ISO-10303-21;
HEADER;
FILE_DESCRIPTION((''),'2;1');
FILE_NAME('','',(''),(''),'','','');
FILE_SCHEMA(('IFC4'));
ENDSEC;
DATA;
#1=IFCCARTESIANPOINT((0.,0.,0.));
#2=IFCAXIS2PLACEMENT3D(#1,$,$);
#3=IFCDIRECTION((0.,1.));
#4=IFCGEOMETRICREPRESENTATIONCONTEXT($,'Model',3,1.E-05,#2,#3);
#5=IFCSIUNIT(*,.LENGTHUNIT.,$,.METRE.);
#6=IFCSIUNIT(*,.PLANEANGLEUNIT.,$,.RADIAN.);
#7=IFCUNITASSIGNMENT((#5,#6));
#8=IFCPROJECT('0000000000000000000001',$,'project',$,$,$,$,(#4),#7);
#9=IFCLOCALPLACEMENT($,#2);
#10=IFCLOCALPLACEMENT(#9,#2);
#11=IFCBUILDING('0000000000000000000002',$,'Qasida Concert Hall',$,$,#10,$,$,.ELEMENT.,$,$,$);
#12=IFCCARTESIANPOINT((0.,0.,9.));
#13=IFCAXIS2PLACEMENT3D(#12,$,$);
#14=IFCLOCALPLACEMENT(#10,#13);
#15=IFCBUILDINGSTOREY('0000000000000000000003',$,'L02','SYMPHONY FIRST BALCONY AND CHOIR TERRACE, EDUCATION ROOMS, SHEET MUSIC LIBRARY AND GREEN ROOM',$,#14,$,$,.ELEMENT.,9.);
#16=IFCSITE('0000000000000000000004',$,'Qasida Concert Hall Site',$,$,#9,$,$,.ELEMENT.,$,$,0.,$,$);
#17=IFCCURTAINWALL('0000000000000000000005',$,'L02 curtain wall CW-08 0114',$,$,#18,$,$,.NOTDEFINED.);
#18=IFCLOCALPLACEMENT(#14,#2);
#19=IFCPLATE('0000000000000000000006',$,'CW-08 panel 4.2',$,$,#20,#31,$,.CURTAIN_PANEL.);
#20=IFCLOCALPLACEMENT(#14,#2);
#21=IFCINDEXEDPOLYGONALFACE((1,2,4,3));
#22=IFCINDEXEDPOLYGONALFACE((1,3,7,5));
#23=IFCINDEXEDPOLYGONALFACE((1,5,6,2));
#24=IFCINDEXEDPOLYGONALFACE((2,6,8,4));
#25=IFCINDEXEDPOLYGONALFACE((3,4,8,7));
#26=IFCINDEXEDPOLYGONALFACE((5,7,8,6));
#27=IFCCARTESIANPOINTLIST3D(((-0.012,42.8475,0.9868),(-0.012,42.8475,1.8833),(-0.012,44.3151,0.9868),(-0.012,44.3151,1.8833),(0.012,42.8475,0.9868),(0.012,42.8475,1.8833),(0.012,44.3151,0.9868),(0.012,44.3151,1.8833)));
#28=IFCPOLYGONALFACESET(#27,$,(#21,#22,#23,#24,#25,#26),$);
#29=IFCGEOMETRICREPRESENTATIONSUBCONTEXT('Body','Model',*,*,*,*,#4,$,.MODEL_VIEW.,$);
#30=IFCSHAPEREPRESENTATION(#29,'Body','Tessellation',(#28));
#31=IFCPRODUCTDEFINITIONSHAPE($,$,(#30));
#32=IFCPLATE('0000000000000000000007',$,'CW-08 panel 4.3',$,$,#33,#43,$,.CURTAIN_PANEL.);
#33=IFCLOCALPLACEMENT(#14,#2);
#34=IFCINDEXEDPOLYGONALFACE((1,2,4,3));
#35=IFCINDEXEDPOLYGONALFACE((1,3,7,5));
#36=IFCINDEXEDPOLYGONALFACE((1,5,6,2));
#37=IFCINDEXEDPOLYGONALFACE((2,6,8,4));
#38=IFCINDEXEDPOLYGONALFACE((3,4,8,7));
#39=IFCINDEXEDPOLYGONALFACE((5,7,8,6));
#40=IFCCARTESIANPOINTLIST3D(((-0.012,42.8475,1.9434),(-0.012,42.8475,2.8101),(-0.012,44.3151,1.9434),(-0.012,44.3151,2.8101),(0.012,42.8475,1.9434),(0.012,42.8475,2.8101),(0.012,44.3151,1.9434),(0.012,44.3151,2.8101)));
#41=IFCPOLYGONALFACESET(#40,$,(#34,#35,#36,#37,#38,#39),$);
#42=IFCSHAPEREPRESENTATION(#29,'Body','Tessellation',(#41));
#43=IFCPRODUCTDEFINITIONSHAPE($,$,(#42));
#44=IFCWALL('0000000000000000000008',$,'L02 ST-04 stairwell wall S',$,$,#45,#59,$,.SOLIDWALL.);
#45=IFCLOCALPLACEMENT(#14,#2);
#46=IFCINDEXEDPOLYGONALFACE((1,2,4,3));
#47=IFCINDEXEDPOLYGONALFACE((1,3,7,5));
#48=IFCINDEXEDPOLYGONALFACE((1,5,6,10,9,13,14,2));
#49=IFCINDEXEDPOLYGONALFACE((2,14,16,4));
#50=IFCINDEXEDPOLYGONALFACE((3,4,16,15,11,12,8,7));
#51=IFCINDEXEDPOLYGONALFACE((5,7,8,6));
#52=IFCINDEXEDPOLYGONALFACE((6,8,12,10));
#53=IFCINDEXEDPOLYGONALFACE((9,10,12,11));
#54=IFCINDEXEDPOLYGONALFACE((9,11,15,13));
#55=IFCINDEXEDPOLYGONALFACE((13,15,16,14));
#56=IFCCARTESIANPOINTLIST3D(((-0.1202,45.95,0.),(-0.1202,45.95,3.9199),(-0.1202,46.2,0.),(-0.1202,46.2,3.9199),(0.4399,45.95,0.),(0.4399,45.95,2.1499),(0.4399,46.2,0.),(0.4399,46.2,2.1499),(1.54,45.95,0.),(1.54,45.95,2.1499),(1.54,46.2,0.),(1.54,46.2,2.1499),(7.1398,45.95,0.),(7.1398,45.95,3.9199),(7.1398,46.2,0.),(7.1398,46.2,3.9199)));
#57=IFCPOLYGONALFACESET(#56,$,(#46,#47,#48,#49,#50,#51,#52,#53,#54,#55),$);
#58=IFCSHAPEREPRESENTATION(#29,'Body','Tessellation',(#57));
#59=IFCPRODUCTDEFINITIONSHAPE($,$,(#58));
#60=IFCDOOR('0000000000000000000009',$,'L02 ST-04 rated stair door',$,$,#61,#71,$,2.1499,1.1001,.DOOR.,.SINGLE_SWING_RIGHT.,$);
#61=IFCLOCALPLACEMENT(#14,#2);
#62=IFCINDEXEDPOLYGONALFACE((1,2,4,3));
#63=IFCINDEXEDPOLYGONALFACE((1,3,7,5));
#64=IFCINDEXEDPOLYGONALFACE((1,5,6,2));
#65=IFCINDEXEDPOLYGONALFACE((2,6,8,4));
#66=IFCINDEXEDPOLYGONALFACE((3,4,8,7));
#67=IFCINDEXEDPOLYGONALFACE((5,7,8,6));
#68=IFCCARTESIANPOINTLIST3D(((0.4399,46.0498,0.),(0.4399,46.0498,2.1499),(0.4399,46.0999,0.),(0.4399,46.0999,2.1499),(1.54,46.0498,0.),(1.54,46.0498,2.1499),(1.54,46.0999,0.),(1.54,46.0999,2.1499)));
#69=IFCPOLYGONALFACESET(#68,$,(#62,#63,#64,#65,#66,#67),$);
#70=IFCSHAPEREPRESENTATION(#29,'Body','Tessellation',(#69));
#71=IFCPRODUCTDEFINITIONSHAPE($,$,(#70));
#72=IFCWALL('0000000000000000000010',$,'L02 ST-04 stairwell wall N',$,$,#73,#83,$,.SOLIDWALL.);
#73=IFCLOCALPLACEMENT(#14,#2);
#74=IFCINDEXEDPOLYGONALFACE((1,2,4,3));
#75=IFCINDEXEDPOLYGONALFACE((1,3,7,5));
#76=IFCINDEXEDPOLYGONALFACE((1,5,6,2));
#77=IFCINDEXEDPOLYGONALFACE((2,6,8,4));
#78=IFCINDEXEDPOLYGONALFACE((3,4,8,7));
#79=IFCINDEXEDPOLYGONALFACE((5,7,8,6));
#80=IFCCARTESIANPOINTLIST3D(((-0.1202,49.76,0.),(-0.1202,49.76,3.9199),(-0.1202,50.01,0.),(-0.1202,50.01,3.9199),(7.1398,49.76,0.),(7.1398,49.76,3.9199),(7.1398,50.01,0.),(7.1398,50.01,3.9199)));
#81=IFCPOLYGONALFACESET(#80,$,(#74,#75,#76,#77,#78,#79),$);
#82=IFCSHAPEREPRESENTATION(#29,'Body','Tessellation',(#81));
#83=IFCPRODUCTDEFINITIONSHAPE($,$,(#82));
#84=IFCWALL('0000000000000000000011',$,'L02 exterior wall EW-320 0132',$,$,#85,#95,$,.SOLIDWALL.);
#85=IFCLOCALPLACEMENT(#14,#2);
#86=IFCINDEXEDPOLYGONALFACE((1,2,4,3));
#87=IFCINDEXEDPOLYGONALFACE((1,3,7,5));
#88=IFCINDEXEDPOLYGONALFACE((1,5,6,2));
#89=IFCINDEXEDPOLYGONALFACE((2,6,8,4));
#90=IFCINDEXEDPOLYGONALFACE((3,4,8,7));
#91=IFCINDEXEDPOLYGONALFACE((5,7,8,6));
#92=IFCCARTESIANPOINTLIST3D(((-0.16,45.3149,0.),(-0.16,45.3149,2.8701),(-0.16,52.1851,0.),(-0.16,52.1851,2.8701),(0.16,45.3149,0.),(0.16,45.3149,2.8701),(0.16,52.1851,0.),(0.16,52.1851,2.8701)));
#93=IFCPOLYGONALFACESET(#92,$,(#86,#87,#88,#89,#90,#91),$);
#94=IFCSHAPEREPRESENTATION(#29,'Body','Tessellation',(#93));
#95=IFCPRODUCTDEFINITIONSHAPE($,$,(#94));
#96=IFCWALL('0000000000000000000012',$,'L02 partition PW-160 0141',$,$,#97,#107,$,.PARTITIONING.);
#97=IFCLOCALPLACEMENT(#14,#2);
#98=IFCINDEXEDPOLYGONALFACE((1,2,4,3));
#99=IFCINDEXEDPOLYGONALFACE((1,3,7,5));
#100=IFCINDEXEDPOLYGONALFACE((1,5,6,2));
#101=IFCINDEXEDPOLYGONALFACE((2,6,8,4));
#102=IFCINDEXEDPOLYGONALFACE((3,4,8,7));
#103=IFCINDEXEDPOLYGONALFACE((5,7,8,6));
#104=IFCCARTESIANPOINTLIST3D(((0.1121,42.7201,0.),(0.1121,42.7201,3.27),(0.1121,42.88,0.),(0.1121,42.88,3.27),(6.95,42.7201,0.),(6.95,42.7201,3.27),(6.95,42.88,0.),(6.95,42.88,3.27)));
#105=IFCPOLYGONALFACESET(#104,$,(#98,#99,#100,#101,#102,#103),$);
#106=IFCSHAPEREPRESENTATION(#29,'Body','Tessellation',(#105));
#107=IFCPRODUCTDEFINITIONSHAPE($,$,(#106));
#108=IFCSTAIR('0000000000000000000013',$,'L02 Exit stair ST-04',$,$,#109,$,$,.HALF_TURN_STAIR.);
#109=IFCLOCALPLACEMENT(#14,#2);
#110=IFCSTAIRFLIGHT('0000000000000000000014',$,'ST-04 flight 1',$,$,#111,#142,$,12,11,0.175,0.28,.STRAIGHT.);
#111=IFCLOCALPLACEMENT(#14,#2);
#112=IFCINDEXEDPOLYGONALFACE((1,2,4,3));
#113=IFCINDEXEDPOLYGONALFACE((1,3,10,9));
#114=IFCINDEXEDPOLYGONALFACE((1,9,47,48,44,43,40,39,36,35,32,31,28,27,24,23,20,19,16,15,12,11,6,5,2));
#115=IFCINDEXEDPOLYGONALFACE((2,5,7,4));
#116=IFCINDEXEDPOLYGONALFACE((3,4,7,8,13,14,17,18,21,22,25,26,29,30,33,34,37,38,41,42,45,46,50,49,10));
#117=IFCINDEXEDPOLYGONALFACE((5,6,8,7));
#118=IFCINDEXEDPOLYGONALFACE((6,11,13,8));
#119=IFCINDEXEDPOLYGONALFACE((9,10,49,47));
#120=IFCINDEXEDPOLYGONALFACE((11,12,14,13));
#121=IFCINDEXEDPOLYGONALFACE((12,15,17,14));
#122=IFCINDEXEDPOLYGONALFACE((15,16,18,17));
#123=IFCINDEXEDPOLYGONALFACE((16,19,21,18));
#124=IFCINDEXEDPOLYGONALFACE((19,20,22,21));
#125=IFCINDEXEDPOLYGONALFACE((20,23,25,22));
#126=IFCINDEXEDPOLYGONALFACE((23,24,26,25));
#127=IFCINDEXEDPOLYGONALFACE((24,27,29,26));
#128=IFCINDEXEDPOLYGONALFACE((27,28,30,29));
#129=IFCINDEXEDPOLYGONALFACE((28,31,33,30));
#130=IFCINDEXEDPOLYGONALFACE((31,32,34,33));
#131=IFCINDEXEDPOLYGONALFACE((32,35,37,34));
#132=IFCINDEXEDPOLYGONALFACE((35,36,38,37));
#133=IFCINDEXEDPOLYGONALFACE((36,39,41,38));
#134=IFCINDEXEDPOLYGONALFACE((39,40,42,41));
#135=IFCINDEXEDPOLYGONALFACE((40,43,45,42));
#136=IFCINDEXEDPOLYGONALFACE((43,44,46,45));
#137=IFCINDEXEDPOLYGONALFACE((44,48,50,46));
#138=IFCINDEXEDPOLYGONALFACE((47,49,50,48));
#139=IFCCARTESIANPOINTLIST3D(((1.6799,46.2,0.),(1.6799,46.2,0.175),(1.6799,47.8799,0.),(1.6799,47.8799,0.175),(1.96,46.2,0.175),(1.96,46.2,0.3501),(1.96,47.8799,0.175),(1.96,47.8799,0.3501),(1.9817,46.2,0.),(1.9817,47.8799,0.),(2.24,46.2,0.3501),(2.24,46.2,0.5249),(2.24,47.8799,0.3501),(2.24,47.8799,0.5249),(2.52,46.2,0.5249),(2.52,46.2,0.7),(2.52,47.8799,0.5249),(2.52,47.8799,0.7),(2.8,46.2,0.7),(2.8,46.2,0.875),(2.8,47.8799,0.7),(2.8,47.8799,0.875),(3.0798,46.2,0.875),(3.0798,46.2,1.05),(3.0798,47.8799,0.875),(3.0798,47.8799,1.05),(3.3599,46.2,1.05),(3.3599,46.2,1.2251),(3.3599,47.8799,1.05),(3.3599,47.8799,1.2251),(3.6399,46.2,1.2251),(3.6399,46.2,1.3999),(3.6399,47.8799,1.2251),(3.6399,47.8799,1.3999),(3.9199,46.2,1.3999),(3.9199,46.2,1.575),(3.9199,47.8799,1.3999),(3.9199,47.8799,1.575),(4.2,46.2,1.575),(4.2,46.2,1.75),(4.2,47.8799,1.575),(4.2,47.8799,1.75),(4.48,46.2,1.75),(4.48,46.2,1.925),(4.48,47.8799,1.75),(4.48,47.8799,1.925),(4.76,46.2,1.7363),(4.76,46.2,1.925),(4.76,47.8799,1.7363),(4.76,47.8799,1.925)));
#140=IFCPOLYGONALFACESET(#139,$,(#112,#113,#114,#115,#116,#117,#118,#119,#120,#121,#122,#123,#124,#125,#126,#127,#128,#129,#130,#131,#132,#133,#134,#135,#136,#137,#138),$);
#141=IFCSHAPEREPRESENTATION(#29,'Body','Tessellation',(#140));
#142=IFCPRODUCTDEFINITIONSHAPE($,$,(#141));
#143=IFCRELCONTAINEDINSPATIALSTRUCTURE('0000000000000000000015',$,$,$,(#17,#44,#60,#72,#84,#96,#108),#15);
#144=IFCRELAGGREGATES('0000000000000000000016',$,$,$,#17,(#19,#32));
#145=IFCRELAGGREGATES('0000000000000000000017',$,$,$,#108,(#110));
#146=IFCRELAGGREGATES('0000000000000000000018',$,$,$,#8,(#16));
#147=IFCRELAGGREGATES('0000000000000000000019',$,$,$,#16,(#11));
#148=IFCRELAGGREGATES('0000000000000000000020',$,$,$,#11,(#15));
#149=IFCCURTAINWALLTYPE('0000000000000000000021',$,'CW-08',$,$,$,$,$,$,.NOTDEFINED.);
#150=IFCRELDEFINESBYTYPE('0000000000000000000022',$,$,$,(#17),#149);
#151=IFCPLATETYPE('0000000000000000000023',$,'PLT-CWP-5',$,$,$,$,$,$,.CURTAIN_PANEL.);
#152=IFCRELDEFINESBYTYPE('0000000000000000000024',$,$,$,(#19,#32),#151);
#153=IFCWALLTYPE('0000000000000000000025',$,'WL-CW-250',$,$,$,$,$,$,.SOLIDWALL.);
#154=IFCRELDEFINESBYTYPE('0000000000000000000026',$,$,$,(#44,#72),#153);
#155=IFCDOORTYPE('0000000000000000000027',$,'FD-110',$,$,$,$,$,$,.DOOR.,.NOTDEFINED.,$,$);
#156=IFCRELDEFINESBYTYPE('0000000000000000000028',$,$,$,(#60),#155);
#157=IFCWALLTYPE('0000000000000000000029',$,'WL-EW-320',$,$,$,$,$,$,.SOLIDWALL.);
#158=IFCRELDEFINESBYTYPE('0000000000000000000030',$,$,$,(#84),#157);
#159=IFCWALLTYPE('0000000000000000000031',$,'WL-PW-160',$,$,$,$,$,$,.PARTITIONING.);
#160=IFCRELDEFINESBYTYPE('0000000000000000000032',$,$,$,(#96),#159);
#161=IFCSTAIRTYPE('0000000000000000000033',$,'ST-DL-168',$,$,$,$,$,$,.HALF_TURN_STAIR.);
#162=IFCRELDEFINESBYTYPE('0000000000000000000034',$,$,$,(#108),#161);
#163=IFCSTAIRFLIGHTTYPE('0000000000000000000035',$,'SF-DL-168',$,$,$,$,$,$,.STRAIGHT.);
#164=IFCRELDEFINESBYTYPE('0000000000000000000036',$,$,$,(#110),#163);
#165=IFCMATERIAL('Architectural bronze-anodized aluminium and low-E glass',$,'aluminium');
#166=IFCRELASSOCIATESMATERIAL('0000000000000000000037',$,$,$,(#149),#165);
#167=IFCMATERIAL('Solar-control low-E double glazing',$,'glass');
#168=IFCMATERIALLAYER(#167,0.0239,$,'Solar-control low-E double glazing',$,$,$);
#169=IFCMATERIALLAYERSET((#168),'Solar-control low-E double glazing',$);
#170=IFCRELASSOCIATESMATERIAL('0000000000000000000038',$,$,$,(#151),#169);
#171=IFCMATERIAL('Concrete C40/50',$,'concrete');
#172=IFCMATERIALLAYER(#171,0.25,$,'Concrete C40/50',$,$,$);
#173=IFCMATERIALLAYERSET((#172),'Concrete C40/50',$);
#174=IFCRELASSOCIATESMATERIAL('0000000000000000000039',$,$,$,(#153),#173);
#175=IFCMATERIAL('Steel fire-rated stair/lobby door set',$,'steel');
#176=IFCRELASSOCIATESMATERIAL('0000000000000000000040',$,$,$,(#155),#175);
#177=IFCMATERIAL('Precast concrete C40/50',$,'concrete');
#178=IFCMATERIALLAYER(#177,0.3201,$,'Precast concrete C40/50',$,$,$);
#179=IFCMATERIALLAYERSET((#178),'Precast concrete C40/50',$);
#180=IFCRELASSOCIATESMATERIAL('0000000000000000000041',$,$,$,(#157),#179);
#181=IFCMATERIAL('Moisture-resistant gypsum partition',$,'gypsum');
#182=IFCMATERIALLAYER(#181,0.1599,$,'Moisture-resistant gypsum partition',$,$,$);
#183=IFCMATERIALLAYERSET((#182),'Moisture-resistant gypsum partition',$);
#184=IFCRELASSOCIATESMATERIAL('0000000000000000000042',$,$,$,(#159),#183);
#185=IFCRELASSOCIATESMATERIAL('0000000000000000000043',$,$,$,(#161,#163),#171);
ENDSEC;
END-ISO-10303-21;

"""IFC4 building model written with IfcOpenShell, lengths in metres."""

from ifc_helpers import new_model, si_unit, direction, frame, frame_2d, origin, origin_2d, place, context, subcontext, project, spatial, polyline, rectangle, outline, extrude, material, layer, layer_set, type_object, element, fill, aggregate, save


model = new_model("IFC4")

# Units and contexts
model_context = context("Model", 3, precision=1e-05, world=origin(), true_north=direction((0.0, 1.0)))
body_context = subcontext(model_context, "Body", "Model", "MODEL_VIEW")
ifc_project = project(units=[si_unit("LENGTHUNIT", "METRE"), si_unit("PLANEANGLEUNIT", "RADIAN")], contexts=[model_context])

# Site, building, storey
site_placement = place(None, origin())
site = spatial("IfcSite", under=ifc_project, at=site_placement, Name="Qasida Concert Hall Site", CompositionType="ELEMENT", RefElevation=0.0)
building_placement = place(site_placement, origin())
building = spatial("IfcBuilding", under=site, at=building_placement, Name="Qasida Concert Hall", CompositionType="ELEMENT")
storey_placement = place(building_placement, frame((0.0, 0.0, 9.0)))
storey = spatial("IfcBuildingStorey", under=building, at=storey_placement, Name="L02", Description="SYMPHONY FIRST BALCONY AND CHOIR TERRACE, EDUCATION ROOMS, SHEET MUSIC LIBRARY AND GREEN ROOM", CompositionType="ELEMENT", Elevation=9.0)

# Shared definitions
ifc_material_1 = material(Name="Concrete C40/50", Category="concrete")

# Curtain wall, plates
ifc_material_2 = material(Name="Architectural bronze-anodized aluminium and low-E glass", Category="aluminium")
curtain_wall_type = type_object("IfcCurtainWallType", Name="CW-08", PredefinedType="NOTDEFINED", material=ifc_material_2)
curtain_wall_placement = place(storey_placement, origin())
curtain_wall = element("IfcCurtainWall", 1, at=curtain_wall_placement, inside=storey, type_object=curtain_wall_type, Name="L02 curtain wall CW-08 0114", PredefinedType="NOTDEFINED")
ifc_material_3 = material(Name="Solar-control low-E double glazing", Category="glass")
ifc_layer_1 = layer(ifc_material_3, 0.0239, Name="Solar-control low-E double glazing")
ifc_layer_set_1 = layer_set([ifc_layer_1], Name="Solar-control low-E double glazing")
plate_type = type_object("IfcPlateType", Name="PLT-CWP-5", PredefinedType="CURTAIN_PANEL", material=ifc_layer_set_1)
plate_1_placement = place(storey_placement, frame((0.0, 43.5813, 0.9868), z_axis=(0.0, 0.0, 1.0), x_axis=(0.0, 1.0, 0.0)))
plate_1 = element("IfcPlate", 2, at=plate_1_placement, type_object=plate_type, Name="CW-08 panel 4.2", PredefinedType="CURTAIN_PANEL", context=body_context, shape_type="SweptSolid", body=[
    extrude(rectangle(XDim=1.4675, YDim=0.0239, at=origin_2d()), origin(), (0.0, 0.0, 1.0), 0.8965),
])
plate_2_placement = place(storey_placement, frame((0.0, 43.5813, 1.9434), z_axis=(0.0, 0.0, 1.0), x_axis=(0.0, 1.0, 0.0)))
plate_2 = element("IfcPlate", 3, at=plate_2_placement, type_object=plate_type, Name="CW-08 panel 4.3", PredefinedType="CURTAIN_PANEL", context=body_context, shape_type="SweptSolid", body=[
    extrude(rectangle(XDim=1.4675, YDim=0.0239, at=origin_2d()), origin(), (0.0, 0.0, 1.0), 0.8667),
])
aggregate(curtain_wall, [plate_1, plate_2])

# Wall, opening, door
ifc_layer_2 = layer(ifc_material_1, 0.25, Name="Concrete C40/50")
ifc_layer_set_2 = layer_set([ifc_layer_2], Name="Concrete C40/50")
wall_type_1 = type_object("IfcWallType", Name="WL-CW-250", PredefinedType="SOLIDWALL", material=ifc_layer_set_2)
wall_1_placement = place(storey_placement, frame((-0.1201, 46.075, 0.0), z_axis=(0.0, 0.0, 1.0), x_axis=(1.0, 0.0, 0.0)))
wall_1 = element("IfcWall", 4, at=wall_1_placement, inside=storey, type_object=wall_type_1, Name="L02 ST-04 stairwell wall S", PredefinedType="SOLIDWALL", context=body_context, shape_type="SweptSolid", body=[
    extrude(rectangle(XDim=7.26, YDim=0.25, at=frame_2d((3.6299, 0.0))), origin(), (0.0, 0.0, 1.0), 3.9199),
])
opening_placement = place(wall_1_placement, frame((0.5601, 0.0, 0.0)))
opening = element("IfcOpeningElement", 5, at=opening_placement, cuts=wall_1, PredefinedType="OPENING", context=body_context, shape_type="SweptSolid", body=[
    extrude(rectangle(XDim=1.1001, YDim=2.1499, at=frame_2d((0.55, 1.075))), frame((0.0, 0.135, 0.0), z_axis=(0.0, -1.0, 0.0), x_axis=(1.0, 0.0, 0.0)), (0.0, 0.0, 1.0), 0.27),
])
ifc_material_4 = material(Name="Steel fire-rated stair/lobby door set", Category="steel")
door_type = type_object("IfcDoorType", Name="FD-110", OperationType="NOTDEFINED", PredefinedType="DOOR", material=ifc_material_4)
door_placement = place(opening_placement, origin())
door = element("IfcDoor", 6, at=door_placement, inside=storey, type_object=door_type, Name="L02 ST-04 rated stair door", OperationType="SINGLE_SWING_RIGHT", OverallHeight=2.1499, OverallWidth=1.1001, PredefinedType="DOOR", context=body_context, shape_type="SweptSolid", body=[
    extrude(rectangle(XDim=1.1001, YDim=2.1499, at=frame_2d((0.55, 1.075))), frame((0.0, 0.0249, 0.0), z_axis=(0.0, -1.0, 0.0), x_axis=(1.0, 0.0, 0.0)), (0.0, 0.0, 1.0), 0.05),
])
fill(opening, door)

# Walls
wall_2_placement = place(storey_placement, frame((-0.1201, 49.885, 0.0), z_axis=(0.0, 0.0, 1.0), x_axis=(1.0, 0.0, 0.0)))
element("IfcWall", 7, at=wall_2_placement, inside=storey, type_object=wall_type_1, Name="L02 ST-04 stairwell wall N", PredefinedType="SOLIDWALL", context=body_context, shape_type="SweptSolid", body=[
    extrude(rectangle(XDim=7.26, YDim=0.25, at=frame_2d((3.6299, 0.0))), origin(), (0.0, 0.0, 1.0), 3.9199),
])
ifc_material_5 = material(Name="Precast concrete C40/50", Category="concrete")
ifc_layer_3 = layer(ifc_material_5, 0.3201, Name="Precast concrete C40/50")
ifc_layer_set_3 = layer_set([ifc_layer_3], Name="Precast concrete C40/50")
wall_type_2 = type_object("IfcWallType", Name="WL-EW-320", PredefinedType="SOLIDWALL", material=ifc_layer_set_3)
wall_3_placement = place(storey_placement, frame((0.0, 45.3149, 0.0), z_axis=(0.0, 0.0, 1.0), x_axis=(0.0, 1.0, 0.0)))
element("IfcWall", 8, at=wall_3_placement, inside=storey, type_object=wall_type_2, Name="L02 exterior wall EW-320 0132", PredefinedType="SOLIDWALL", context=body_context, shape_type="SweptSolid", body=[
    extrude(rectangle(XDim=6.8701, YDim=0.3201, at=frame_2d((3.4351, 0.0))), origin(), (0.0, 0.0, 1.0), 2.8701),
])
ifc_material_6 = material(Name="Moisture-resistant gypsum partition", Category="gypsum")
ifc_layer_4 = layer(ifc_material_6, 0.1599, Name="Moisture-resistant gypsum partition")
ifc_layer_set_4 = layer_set([ifc_layer_4], Name="Moisture-resistant gypsum partition")
wall_type_3 = type_object("IfcWallType", Name="WL-PW-160", PredefinedType="PARTITIONING", material=ifc_layer_set_4)
wall_4_placement = place(storey_placement, frame((0.1121, 42.8, 0.0), z_axis=(0.0, 0.0, 1.0), x_axis=(1.0, 0.0, 0.0)))
element("IfcWall", 9, at=wall_4_placement, inside=storey, type_object=wall_type_3, Name="L02 partition PW-160 0141", PredefinedType="PARTITIONING", context=body_context, shape_type="SweptSolid", body=[
    extrude(rectangle(XDim=6.8379, YDim=0.1599, at=frame_2d((3.4189, 0.0))), origin(), (0.0, 0.0, 1.0), 3.27),
])

# Stair, stair flight
stair_type = type_object("IfcStairType", Name="ST-DL-168", PredefinedType="HALF_TURN_STAIR", material=ifc_material_1)
stair_placement = place(storey_placement, origin())
stair = element("IfcStair", 10, at=stair_placement, inside=storey, type_object=stair_type, Name="L02 Exit stair ST-04", PredefinedType="HALF_TURN_STAIR")
stair_flight_type = type_object("IfcStairFlightType", Name="SF-DL-168", PredefinedType="STRAIGHT", material=ifc_material_1)
stair_flight_placement = place(storey_placement, frame((1.6799, 47.04, 0.0), z_axis=(0.0, 0.0, 1.0), x_axis=(1.0, 0.0, 0.0)))
stair_flight = element("IfcStairFlight", 11, at=stair_flight_placement, type_object=stair_flight_type, Name="ST-04 flight 1", NumberOfRisers=12, NumberOfTreads=11, PredefinedType="STRAIGHT", RiserHeight=0.175, TreadLength=0.28, context=body_context, shape_type="SweptSolid", body=[
    extrude(outline(polyline([(0.0, 0.0), (0.0, 0.175), (0.28, 0.175), (0.28, 0.3501), (0.5601, 0.3501), (0.5601, 0.5249), (0.8401, 0.5249), (0.8401, 0.7), (1.1201, 0.7), (1.1201, 0.875), (1.3999, 0.875), (1.3999, 1.05), (1.6799, 1.05), (1.6799, 1.2251), (1.96, 1.2251), (1.96, 1.3999), (2.24, 1.3999), (2.24, 1.575), (2.52, 1.575), (2.52, 1.75), (2.8, 1.75), (2.8, 1.925), (3.0801, 1.925), (3.0801, 2.1001), (3.0801, 1.7363), (0.3018, 0.0), (0.0, 0.0)])), frame((0.0, 0.8398, 0.0), z_axis=(0.0, -1.0, 0.0), x_axis=(1.0, 0.0, 0.0)), (0.0, 0.0, 1.0), 1.6799),
])
aggregate(stair, [stair_flight])

save(model, "model.ifc")
